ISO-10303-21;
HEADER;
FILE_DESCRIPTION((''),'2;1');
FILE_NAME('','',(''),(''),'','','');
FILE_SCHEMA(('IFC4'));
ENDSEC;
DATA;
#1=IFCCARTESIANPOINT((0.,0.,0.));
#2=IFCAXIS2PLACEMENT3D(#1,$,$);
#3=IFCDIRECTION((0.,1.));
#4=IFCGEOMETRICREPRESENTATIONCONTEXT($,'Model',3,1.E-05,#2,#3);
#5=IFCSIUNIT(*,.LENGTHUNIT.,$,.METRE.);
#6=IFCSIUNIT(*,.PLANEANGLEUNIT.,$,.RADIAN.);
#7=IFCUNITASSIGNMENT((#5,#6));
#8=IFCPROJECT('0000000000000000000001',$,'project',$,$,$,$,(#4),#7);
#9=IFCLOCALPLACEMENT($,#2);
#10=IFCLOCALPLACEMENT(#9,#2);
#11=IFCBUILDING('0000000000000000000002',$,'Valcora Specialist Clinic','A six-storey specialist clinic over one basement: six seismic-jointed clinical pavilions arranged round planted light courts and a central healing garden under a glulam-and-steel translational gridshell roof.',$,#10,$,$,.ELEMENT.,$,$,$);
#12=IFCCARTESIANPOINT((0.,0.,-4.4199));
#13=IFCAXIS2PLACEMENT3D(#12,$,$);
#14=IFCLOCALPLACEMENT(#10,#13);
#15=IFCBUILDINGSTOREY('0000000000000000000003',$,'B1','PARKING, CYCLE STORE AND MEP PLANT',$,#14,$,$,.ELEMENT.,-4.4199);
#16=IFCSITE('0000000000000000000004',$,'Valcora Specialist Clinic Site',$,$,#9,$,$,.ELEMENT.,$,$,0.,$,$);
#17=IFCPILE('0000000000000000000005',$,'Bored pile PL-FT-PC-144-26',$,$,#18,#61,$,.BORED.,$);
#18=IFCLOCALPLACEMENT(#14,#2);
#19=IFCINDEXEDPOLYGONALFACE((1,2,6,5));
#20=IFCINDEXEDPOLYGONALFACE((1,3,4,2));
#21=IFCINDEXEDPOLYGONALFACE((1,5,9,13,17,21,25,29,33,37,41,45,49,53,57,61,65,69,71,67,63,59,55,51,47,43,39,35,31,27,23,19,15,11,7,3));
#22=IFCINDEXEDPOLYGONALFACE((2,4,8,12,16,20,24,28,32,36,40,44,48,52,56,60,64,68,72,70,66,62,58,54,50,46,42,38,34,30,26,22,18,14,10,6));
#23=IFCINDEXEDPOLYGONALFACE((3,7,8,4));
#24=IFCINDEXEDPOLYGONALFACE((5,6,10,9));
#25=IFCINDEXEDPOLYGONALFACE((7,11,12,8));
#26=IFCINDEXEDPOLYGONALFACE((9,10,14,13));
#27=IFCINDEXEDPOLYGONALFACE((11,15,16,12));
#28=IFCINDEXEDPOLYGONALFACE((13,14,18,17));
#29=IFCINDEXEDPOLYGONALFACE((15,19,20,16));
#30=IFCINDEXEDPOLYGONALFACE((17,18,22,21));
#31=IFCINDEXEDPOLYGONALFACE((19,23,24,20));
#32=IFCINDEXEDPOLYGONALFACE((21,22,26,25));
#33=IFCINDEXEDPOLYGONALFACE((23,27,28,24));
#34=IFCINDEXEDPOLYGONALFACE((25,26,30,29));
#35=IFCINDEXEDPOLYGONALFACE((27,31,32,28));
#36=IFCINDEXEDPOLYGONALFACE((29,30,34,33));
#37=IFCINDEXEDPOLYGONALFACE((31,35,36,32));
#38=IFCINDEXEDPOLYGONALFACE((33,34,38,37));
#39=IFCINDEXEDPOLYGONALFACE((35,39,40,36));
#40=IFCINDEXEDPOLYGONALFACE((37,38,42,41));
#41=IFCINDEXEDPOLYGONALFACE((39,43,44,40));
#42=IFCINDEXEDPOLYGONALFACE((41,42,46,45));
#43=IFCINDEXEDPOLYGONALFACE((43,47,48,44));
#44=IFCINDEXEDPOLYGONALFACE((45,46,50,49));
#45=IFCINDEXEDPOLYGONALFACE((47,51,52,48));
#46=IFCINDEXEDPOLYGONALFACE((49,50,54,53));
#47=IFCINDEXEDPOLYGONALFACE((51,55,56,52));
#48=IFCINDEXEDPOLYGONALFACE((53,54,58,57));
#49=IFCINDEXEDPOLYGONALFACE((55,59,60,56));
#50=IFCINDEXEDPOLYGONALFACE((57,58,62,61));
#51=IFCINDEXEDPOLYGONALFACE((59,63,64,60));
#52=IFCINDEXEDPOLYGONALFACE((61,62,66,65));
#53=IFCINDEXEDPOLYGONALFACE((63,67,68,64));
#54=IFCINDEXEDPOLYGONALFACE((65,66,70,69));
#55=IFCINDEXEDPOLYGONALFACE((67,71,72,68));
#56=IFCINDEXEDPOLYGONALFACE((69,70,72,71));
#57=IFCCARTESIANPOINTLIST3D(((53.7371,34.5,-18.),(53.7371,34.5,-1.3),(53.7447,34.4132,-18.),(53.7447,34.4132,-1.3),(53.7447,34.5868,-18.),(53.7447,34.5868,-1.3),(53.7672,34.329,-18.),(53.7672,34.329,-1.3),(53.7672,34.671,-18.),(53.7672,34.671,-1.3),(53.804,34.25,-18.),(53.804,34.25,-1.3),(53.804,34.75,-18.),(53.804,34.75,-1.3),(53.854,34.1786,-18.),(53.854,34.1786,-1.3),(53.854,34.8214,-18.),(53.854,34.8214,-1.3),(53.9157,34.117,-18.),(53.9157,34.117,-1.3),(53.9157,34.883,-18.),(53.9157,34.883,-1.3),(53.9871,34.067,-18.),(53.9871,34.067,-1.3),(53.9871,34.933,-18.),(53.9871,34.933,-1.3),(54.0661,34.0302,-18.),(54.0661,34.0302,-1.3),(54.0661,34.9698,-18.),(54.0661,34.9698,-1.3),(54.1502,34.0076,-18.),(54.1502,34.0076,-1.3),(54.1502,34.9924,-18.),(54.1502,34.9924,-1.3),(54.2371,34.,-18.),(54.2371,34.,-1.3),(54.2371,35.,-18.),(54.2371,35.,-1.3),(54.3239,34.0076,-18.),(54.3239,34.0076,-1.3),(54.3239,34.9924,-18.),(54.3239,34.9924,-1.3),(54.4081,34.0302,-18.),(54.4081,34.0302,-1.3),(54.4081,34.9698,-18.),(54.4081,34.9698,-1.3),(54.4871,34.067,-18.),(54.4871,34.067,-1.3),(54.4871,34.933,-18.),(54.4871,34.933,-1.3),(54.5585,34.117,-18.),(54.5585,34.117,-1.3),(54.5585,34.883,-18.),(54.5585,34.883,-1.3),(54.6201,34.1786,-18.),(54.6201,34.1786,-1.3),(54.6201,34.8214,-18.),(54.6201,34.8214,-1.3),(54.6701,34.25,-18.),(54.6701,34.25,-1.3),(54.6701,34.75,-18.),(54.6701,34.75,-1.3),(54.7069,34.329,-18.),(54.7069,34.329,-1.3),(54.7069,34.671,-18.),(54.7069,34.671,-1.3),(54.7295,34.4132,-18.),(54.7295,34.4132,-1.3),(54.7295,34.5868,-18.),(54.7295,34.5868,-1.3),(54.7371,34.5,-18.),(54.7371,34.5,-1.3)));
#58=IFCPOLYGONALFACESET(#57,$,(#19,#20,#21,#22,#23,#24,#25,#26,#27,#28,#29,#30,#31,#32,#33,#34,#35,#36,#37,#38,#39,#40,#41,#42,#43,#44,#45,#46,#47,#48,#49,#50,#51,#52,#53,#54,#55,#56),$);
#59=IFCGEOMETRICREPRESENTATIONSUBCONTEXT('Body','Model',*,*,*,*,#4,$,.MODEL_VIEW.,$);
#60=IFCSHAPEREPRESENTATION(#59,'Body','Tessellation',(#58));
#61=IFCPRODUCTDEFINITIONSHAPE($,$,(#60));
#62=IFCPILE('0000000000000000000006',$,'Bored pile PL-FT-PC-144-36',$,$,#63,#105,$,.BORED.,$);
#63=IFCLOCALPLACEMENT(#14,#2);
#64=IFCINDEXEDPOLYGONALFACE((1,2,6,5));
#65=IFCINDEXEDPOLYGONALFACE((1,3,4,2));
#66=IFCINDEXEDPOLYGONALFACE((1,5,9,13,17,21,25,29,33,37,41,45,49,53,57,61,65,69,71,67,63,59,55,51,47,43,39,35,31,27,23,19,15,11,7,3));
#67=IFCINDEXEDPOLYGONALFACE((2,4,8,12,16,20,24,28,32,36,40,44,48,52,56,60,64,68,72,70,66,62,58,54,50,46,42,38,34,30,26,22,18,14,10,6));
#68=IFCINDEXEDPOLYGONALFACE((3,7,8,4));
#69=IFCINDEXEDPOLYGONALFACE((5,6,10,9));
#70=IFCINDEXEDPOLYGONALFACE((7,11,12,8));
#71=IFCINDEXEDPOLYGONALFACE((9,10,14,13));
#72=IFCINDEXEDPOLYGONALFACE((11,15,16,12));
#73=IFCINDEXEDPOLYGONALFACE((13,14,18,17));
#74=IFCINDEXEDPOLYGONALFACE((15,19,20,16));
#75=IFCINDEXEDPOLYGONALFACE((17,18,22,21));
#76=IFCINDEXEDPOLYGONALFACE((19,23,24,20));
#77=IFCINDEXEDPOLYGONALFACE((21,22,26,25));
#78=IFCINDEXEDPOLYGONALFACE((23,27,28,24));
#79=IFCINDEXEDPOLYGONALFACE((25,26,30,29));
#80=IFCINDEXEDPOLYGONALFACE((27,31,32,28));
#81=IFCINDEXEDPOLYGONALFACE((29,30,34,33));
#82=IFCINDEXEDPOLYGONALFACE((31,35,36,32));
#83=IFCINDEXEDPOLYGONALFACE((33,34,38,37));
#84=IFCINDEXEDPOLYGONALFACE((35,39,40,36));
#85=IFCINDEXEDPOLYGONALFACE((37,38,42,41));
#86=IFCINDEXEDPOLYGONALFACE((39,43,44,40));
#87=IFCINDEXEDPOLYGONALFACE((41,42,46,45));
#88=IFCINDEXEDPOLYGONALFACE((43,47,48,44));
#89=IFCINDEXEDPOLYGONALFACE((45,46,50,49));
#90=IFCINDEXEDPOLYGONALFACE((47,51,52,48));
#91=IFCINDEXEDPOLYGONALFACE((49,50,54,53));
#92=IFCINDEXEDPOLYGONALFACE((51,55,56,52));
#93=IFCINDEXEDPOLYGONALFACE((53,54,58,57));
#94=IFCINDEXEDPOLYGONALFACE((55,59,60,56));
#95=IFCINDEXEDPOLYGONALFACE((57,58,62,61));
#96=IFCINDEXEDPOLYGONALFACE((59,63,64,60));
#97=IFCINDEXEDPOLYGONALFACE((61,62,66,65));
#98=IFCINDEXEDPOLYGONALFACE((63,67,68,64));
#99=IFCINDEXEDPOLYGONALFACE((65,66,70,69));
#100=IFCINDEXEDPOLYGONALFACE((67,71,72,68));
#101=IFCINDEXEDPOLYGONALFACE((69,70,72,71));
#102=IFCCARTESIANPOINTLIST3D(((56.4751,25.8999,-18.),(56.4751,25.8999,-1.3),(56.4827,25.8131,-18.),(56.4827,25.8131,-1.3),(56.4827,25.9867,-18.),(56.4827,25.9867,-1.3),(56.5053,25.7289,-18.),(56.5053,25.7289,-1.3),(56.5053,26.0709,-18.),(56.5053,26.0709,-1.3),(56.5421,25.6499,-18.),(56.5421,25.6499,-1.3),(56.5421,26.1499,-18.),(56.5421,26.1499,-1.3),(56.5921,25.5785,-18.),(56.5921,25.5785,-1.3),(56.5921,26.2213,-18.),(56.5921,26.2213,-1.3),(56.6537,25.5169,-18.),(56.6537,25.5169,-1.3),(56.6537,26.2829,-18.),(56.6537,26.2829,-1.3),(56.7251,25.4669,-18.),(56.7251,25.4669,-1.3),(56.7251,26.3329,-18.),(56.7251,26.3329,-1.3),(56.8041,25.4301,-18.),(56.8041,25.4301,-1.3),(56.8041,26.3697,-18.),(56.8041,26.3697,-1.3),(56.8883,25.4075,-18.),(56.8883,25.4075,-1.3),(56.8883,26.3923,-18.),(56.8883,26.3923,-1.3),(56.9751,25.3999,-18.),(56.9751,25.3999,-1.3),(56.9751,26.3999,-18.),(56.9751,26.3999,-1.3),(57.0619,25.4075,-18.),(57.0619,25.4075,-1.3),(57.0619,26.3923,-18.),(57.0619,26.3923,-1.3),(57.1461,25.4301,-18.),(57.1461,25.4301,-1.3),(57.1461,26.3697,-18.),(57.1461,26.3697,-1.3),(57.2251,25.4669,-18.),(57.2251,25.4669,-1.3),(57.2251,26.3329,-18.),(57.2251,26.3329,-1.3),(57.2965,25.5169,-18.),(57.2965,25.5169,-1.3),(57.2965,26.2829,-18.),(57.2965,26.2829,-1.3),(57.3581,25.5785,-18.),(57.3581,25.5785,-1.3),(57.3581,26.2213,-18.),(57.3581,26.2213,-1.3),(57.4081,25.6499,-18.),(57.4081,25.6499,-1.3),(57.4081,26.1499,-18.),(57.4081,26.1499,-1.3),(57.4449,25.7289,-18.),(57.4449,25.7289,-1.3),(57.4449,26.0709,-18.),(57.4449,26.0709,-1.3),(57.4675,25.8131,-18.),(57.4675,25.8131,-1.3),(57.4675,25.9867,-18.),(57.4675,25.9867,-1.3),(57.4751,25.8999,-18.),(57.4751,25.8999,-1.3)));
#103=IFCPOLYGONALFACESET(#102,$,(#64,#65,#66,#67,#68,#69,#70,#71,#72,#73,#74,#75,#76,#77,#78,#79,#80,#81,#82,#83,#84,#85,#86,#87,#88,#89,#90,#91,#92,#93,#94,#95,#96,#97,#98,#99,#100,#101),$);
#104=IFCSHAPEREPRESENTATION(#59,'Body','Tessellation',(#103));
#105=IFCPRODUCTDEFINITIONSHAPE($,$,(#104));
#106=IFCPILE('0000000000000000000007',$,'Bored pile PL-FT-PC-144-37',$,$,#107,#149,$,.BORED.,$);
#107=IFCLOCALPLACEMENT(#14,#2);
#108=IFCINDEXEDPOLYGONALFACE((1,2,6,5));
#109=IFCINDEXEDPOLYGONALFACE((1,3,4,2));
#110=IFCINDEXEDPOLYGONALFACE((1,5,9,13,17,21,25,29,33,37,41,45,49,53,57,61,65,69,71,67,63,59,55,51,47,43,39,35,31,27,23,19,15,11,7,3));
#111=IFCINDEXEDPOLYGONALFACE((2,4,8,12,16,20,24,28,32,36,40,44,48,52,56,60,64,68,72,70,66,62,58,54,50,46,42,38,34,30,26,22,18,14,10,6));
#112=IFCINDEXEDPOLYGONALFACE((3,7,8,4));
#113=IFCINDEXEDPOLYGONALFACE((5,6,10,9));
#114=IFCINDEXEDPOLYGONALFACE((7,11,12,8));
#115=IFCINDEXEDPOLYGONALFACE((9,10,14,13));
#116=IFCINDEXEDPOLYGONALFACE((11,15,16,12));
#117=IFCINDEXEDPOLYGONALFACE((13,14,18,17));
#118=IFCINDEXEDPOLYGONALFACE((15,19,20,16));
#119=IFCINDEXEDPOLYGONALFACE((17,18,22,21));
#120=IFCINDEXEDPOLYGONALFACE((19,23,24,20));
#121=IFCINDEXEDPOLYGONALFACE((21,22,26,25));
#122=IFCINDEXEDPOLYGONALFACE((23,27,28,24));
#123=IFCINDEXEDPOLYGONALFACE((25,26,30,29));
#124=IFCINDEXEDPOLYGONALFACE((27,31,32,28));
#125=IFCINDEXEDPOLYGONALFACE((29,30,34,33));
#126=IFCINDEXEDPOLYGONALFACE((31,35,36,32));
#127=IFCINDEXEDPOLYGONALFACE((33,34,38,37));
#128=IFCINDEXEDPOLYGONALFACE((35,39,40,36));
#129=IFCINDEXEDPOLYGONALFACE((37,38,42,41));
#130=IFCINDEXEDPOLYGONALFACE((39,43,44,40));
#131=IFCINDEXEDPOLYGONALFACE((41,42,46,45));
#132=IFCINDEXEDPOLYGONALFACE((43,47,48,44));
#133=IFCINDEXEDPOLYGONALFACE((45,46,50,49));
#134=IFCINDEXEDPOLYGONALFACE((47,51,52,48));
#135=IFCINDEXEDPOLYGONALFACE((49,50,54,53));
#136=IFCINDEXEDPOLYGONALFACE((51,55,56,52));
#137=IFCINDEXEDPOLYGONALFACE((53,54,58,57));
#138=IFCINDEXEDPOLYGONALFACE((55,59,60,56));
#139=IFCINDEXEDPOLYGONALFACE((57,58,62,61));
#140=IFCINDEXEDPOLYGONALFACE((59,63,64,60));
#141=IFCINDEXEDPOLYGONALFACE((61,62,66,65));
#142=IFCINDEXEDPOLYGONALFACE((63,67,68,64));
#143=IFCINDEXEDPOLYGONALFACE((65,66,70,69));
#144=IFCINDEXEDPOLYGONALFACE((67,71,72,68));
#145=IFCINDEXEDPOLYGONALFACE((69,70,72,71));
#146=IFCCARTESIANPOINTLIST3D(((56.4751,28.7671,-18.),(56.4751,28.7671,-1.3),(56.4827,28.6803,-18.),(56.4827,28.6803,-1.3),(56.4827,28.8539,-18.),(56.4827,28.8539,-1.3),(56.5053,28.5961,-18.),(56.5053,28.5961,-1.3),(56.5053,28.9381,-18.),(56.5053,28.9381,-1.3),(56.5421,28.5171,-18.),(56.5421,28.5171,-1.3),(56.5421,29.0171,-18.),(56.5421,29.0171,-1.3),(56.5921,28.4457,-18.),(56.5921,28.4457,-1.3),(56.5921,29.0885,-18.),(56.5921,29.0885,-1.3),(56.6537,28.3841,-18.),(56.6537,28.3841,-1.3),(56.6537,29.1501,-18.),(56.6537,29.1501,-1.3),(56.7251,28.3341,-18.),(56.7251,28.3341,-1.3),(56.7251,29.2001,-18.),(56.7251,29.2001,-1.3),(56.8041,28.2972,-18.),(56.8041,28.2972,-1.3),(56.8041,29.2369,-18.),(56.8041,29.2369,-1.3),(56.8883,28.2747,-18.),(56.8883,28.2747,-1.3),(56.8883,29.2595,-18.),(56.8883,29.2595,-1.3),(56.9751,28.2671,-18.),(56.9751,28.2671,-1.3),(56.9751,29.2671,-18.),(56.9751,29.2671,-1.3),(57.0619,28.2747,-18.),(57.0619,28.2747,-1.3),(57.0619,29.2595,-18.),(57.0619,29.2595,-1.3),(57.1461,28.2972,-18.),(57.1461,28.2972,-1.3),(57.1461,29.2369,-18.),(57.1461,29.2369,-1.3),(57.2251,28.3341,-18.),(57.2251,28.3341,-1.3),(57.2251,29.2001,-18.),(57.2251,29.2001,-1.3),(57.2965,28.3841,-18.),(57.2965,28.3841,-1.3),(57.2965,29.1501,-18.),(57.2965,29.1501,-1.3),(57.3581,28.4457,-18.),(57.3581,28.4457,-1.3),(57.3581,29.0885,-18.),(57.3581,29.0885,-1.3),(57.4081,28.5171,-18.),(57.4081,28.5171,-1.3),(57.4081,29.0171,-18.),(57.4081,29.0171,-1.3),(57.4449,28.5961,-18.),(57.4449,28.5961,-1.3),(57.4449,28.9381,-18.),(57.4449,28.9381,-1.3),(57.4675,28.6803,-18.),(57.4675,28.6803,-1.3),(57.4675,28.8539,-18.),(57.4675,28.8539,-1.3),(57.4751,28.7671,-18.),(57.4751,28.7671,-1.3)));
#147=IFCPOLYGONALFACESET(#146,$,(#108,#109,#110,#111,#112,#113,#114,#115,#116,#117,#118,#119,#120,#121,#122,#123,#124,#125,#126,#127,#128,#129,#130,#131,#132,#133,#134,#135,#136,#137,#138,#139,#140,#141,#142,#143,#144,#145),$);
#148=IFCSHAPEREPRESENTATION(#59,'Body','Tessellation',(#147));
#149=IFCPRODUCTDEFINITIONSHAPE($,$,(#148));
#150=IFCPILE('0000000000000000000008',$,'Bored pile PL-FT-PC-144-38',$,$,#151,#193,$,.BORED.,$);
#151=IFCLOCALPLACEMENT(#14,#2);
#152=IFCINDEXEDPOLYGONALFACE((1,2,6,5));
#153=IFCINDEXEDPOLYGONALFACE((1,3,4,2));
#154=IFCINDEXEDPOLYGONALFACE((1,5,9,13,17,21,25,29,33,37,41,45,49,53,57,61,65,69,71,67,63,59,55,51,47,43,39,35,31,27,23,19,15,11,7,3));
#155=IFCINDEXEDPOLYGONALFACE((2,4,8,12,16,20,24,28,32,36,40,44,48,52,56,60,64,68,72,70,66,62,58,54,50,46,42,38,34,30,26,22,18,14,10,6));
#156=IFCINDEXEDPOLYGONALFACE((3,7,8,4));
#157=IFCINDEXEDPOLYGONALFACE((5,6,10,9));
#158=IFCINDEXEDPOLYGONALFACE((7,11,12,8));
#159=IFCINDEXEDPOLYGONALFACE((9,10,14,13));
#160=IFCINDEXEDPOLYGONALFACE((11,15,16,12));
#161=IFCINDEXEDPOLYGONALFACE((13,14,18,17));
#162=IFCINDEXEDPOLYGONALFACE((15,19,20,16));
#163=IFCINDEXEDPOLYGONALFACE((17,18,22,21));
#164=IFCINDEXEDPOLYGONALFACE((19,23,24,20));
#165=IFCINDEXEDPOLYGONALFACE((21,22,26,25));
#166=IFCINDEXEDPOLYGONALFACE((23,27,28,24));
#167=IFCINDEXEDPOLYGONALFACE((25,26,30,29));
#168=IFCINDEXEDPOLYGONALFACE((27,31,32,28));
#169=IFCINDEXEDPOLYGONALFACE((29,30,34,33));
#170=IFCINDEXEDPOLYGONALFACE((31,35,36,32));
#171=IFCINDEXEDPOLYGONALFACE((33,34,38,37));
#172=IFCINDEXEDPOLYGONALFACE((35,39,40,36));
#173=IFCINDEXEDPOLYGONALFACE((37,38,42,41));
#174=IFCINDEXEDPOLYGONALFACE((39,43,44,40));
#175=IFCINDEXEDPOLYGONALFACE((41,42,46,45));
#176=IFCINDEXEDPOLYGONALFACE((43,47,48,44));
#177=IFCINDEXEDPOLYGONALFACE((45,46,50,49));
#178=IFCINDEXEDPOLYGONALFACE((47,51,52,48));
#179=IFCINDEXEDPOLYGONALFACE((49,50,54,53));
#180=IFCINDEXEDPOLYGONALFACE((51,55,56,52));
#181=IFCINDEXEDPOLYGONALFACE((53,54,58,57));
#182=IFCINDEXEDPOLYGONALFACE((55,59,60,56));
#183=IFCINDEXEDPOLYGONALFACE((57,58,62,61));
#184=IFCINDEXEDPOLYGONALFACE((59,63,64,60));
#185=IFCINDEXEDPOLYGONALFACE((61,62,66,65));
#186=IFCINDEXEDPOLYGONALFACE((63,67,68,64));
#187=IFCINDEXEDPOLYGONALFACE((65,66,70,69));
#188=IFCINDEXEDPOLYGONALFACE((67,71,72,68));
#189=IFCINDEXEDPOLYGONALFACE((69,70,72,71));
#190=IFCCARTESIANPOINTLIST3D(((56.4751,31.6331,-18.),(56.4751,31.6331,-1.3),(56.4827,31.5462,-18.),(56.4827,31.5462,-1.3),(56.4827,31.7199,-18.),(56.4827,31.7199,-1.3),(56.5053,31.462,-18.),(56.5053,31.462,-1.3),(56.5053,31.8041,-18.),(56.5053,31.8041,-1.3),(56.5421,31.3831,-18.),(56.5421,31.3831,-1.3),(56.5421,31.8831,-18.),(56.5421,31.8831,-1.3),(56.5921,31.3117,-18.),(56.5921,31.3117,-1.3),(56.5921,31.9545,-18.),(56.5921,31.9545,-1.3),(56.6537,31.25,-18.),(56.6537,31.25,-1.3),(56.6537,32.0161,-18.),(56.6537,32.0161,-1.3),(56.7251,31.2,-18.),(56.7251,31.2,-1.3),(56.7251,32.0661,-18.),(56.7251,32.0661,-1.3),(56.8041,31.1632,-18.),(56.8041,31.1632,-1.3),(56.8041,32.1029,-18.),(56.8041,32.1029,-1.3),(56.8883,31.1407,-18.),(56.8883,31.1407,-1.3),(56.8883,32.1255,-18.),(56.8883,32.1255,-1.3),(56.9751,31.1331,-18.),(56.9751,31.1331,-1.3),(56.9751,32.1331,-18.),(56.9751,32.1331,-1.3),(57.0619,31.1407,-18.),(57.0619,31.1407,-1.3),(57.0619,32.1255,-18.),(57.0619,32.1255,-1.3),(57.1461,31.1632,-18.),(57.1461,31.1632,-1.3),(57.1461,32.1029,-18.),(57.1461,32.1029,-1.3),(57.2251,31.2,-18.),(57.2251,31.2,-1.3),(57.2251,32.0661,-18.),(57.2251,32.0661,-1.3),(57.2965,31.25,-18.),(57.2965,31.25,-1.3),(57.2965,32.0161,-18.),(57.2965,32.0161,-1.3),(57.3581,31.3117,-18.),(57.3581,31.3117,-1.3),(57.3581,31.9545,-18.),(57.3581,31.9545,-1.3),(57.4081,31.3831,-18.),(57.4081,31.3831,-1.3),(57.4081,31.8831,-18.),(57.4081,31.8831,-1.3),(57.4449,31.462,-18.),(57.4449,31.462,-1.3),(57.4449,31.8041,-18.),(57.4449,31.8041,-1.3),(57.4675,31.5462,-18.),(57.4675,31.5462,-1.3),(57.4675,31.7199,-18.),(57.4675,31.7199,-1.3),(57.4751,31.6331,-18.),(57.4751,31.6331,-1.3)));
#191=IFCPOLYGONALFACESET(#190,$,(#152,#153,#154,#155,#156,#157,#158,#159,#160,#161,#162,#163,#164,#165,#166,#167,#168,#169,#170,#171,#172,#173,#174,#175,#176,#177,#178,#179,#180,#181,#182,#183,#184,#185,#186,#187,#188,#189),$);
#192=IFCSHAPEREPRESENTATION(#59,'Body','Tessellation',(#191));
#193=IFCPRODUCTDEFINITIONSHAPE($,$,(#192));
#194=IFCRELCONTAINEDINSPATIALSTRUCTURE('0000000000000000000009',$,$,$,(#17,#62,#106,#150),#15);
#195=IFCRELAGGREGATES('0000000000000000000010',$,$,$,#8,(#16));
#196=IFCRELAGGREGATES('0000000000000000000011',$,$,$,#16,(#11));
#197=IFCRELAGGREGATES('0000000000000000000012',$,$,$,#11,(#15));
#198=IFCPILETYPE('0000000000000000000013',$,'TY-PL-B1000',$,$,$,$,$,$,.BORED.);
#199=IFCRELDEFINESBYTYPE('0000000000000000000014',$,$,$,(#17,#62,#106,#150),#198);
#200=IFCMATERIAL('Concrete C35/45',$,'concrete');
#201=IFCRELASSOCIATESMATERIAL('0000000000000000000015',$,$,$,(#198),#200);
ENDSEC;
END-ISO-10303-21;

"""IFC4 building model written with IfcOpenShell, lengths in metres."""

from ifc_helpers import new_model, si_unit, direction, frame, origin, origin_2d, place, context, subcontext, project, spatial, circle, extrude, material, material_profile, profile_set, type_object, element, save


model = new_model("IFC4")

# Units and contexts
model_context = context("Model", 3, precision=1e-05, world=origin(), true_north=direction((0.0, 1.0)))
body_context = subcontext(model_context, "Body", "Model", "MODEL_VIEW")
ifc_project = project(units=[si_unit("LENGTHUNIT", "METRE"), si_unit("PLANEANGLEUNIT", "RADIAN")], contexts=[model_context])

# Site, building, storey
site_placement = place(None, origin())
site = spatial("IfcSite", under=ifc_project, at=site_placement, Name="Valcora Specialist Clinic Site", CompositionType="ELEMENT", RefElevation=0.0)
building_placement = place(site_placement, origin())
building = spatial("IfcBuilding", under=site, at=building_placement, Name="Valcora Specialist Clinic", Description="A six-storey specialist clinic over one basement: six seismic-jointed clinical pavilions arranged round planted light courts and a central healing garden under a glulam-and-steel translational gridshell roof.", CompositionType="ELEMENT")
storey_placement = place(building_placement, frame((0.0, 0.0, -4.4199)))
storey = spatial("IfcBuildingStorey", under=building, at=storey_placement, Name="B1", Description="PARKING, CYCLE STORE AND MEP PLANT", CompositionType="ELEMENT", Elevation=-4.4199)

# Shared definitions
ifc_material_1 = material(Name="Concrete C35/45", Category="concrete")

# Piles
ifc_material_profile_1 = material_profile(ifc_material_1, circle(Radius=0.5, at=origin_2d()), Name="RC-PIL-D1000")
ifc_profile_set_1 = profile_set([ifc_material_profile_1], Name="Concrete C35/45")
pile_type_1 = type_object("IfcPileType", Name="TY-PL-B1000", PredefinedType="BORED", material=ifc_profile_set_1)
for number, where, z_axis, x_axis, name in (
    (1, (54.2371, 34.5, -1.3), (0.0, 0.0, -1.0), (1.0, 0.0, 0.0), "Bored pile PL-FT-PC-144-26"),
    (2, (56.9751, 25.8999, -1.3), (0.0, 0.0, -1.0), (1.0, 0.0, 0.0), "Bored pile PL-FT-PC-144-36"),
    (3, (56.9751, 28.7671, -1.3), (0.0, 0.0, -1.0), (1.0, 0.0, 0.0), "Bored pile PL-FT-PC-144-37"),
    (4, (56.9751, 31.6331, -1.3), (0.0, 0.0, -1.0), (1.0, 0.0, 0.0), "Bored pile PL-FT-PC-144-38"),
):
    element("IfcPile", number, at=place(storey_placement, frame(where, z_axis=z_axis, x_axis=x_axis)), inside=storey, type_object=pile_type_1, Name=name, PredefinedType="BORED", context=body_context, shape_type="SweptSolid", body=[
        extrude(circle(Radius=0.5, at=origin_2d()), origin(), (0.0, 0.0, 1.0), 16.7),
    ])

save(model, "model.ifc")
